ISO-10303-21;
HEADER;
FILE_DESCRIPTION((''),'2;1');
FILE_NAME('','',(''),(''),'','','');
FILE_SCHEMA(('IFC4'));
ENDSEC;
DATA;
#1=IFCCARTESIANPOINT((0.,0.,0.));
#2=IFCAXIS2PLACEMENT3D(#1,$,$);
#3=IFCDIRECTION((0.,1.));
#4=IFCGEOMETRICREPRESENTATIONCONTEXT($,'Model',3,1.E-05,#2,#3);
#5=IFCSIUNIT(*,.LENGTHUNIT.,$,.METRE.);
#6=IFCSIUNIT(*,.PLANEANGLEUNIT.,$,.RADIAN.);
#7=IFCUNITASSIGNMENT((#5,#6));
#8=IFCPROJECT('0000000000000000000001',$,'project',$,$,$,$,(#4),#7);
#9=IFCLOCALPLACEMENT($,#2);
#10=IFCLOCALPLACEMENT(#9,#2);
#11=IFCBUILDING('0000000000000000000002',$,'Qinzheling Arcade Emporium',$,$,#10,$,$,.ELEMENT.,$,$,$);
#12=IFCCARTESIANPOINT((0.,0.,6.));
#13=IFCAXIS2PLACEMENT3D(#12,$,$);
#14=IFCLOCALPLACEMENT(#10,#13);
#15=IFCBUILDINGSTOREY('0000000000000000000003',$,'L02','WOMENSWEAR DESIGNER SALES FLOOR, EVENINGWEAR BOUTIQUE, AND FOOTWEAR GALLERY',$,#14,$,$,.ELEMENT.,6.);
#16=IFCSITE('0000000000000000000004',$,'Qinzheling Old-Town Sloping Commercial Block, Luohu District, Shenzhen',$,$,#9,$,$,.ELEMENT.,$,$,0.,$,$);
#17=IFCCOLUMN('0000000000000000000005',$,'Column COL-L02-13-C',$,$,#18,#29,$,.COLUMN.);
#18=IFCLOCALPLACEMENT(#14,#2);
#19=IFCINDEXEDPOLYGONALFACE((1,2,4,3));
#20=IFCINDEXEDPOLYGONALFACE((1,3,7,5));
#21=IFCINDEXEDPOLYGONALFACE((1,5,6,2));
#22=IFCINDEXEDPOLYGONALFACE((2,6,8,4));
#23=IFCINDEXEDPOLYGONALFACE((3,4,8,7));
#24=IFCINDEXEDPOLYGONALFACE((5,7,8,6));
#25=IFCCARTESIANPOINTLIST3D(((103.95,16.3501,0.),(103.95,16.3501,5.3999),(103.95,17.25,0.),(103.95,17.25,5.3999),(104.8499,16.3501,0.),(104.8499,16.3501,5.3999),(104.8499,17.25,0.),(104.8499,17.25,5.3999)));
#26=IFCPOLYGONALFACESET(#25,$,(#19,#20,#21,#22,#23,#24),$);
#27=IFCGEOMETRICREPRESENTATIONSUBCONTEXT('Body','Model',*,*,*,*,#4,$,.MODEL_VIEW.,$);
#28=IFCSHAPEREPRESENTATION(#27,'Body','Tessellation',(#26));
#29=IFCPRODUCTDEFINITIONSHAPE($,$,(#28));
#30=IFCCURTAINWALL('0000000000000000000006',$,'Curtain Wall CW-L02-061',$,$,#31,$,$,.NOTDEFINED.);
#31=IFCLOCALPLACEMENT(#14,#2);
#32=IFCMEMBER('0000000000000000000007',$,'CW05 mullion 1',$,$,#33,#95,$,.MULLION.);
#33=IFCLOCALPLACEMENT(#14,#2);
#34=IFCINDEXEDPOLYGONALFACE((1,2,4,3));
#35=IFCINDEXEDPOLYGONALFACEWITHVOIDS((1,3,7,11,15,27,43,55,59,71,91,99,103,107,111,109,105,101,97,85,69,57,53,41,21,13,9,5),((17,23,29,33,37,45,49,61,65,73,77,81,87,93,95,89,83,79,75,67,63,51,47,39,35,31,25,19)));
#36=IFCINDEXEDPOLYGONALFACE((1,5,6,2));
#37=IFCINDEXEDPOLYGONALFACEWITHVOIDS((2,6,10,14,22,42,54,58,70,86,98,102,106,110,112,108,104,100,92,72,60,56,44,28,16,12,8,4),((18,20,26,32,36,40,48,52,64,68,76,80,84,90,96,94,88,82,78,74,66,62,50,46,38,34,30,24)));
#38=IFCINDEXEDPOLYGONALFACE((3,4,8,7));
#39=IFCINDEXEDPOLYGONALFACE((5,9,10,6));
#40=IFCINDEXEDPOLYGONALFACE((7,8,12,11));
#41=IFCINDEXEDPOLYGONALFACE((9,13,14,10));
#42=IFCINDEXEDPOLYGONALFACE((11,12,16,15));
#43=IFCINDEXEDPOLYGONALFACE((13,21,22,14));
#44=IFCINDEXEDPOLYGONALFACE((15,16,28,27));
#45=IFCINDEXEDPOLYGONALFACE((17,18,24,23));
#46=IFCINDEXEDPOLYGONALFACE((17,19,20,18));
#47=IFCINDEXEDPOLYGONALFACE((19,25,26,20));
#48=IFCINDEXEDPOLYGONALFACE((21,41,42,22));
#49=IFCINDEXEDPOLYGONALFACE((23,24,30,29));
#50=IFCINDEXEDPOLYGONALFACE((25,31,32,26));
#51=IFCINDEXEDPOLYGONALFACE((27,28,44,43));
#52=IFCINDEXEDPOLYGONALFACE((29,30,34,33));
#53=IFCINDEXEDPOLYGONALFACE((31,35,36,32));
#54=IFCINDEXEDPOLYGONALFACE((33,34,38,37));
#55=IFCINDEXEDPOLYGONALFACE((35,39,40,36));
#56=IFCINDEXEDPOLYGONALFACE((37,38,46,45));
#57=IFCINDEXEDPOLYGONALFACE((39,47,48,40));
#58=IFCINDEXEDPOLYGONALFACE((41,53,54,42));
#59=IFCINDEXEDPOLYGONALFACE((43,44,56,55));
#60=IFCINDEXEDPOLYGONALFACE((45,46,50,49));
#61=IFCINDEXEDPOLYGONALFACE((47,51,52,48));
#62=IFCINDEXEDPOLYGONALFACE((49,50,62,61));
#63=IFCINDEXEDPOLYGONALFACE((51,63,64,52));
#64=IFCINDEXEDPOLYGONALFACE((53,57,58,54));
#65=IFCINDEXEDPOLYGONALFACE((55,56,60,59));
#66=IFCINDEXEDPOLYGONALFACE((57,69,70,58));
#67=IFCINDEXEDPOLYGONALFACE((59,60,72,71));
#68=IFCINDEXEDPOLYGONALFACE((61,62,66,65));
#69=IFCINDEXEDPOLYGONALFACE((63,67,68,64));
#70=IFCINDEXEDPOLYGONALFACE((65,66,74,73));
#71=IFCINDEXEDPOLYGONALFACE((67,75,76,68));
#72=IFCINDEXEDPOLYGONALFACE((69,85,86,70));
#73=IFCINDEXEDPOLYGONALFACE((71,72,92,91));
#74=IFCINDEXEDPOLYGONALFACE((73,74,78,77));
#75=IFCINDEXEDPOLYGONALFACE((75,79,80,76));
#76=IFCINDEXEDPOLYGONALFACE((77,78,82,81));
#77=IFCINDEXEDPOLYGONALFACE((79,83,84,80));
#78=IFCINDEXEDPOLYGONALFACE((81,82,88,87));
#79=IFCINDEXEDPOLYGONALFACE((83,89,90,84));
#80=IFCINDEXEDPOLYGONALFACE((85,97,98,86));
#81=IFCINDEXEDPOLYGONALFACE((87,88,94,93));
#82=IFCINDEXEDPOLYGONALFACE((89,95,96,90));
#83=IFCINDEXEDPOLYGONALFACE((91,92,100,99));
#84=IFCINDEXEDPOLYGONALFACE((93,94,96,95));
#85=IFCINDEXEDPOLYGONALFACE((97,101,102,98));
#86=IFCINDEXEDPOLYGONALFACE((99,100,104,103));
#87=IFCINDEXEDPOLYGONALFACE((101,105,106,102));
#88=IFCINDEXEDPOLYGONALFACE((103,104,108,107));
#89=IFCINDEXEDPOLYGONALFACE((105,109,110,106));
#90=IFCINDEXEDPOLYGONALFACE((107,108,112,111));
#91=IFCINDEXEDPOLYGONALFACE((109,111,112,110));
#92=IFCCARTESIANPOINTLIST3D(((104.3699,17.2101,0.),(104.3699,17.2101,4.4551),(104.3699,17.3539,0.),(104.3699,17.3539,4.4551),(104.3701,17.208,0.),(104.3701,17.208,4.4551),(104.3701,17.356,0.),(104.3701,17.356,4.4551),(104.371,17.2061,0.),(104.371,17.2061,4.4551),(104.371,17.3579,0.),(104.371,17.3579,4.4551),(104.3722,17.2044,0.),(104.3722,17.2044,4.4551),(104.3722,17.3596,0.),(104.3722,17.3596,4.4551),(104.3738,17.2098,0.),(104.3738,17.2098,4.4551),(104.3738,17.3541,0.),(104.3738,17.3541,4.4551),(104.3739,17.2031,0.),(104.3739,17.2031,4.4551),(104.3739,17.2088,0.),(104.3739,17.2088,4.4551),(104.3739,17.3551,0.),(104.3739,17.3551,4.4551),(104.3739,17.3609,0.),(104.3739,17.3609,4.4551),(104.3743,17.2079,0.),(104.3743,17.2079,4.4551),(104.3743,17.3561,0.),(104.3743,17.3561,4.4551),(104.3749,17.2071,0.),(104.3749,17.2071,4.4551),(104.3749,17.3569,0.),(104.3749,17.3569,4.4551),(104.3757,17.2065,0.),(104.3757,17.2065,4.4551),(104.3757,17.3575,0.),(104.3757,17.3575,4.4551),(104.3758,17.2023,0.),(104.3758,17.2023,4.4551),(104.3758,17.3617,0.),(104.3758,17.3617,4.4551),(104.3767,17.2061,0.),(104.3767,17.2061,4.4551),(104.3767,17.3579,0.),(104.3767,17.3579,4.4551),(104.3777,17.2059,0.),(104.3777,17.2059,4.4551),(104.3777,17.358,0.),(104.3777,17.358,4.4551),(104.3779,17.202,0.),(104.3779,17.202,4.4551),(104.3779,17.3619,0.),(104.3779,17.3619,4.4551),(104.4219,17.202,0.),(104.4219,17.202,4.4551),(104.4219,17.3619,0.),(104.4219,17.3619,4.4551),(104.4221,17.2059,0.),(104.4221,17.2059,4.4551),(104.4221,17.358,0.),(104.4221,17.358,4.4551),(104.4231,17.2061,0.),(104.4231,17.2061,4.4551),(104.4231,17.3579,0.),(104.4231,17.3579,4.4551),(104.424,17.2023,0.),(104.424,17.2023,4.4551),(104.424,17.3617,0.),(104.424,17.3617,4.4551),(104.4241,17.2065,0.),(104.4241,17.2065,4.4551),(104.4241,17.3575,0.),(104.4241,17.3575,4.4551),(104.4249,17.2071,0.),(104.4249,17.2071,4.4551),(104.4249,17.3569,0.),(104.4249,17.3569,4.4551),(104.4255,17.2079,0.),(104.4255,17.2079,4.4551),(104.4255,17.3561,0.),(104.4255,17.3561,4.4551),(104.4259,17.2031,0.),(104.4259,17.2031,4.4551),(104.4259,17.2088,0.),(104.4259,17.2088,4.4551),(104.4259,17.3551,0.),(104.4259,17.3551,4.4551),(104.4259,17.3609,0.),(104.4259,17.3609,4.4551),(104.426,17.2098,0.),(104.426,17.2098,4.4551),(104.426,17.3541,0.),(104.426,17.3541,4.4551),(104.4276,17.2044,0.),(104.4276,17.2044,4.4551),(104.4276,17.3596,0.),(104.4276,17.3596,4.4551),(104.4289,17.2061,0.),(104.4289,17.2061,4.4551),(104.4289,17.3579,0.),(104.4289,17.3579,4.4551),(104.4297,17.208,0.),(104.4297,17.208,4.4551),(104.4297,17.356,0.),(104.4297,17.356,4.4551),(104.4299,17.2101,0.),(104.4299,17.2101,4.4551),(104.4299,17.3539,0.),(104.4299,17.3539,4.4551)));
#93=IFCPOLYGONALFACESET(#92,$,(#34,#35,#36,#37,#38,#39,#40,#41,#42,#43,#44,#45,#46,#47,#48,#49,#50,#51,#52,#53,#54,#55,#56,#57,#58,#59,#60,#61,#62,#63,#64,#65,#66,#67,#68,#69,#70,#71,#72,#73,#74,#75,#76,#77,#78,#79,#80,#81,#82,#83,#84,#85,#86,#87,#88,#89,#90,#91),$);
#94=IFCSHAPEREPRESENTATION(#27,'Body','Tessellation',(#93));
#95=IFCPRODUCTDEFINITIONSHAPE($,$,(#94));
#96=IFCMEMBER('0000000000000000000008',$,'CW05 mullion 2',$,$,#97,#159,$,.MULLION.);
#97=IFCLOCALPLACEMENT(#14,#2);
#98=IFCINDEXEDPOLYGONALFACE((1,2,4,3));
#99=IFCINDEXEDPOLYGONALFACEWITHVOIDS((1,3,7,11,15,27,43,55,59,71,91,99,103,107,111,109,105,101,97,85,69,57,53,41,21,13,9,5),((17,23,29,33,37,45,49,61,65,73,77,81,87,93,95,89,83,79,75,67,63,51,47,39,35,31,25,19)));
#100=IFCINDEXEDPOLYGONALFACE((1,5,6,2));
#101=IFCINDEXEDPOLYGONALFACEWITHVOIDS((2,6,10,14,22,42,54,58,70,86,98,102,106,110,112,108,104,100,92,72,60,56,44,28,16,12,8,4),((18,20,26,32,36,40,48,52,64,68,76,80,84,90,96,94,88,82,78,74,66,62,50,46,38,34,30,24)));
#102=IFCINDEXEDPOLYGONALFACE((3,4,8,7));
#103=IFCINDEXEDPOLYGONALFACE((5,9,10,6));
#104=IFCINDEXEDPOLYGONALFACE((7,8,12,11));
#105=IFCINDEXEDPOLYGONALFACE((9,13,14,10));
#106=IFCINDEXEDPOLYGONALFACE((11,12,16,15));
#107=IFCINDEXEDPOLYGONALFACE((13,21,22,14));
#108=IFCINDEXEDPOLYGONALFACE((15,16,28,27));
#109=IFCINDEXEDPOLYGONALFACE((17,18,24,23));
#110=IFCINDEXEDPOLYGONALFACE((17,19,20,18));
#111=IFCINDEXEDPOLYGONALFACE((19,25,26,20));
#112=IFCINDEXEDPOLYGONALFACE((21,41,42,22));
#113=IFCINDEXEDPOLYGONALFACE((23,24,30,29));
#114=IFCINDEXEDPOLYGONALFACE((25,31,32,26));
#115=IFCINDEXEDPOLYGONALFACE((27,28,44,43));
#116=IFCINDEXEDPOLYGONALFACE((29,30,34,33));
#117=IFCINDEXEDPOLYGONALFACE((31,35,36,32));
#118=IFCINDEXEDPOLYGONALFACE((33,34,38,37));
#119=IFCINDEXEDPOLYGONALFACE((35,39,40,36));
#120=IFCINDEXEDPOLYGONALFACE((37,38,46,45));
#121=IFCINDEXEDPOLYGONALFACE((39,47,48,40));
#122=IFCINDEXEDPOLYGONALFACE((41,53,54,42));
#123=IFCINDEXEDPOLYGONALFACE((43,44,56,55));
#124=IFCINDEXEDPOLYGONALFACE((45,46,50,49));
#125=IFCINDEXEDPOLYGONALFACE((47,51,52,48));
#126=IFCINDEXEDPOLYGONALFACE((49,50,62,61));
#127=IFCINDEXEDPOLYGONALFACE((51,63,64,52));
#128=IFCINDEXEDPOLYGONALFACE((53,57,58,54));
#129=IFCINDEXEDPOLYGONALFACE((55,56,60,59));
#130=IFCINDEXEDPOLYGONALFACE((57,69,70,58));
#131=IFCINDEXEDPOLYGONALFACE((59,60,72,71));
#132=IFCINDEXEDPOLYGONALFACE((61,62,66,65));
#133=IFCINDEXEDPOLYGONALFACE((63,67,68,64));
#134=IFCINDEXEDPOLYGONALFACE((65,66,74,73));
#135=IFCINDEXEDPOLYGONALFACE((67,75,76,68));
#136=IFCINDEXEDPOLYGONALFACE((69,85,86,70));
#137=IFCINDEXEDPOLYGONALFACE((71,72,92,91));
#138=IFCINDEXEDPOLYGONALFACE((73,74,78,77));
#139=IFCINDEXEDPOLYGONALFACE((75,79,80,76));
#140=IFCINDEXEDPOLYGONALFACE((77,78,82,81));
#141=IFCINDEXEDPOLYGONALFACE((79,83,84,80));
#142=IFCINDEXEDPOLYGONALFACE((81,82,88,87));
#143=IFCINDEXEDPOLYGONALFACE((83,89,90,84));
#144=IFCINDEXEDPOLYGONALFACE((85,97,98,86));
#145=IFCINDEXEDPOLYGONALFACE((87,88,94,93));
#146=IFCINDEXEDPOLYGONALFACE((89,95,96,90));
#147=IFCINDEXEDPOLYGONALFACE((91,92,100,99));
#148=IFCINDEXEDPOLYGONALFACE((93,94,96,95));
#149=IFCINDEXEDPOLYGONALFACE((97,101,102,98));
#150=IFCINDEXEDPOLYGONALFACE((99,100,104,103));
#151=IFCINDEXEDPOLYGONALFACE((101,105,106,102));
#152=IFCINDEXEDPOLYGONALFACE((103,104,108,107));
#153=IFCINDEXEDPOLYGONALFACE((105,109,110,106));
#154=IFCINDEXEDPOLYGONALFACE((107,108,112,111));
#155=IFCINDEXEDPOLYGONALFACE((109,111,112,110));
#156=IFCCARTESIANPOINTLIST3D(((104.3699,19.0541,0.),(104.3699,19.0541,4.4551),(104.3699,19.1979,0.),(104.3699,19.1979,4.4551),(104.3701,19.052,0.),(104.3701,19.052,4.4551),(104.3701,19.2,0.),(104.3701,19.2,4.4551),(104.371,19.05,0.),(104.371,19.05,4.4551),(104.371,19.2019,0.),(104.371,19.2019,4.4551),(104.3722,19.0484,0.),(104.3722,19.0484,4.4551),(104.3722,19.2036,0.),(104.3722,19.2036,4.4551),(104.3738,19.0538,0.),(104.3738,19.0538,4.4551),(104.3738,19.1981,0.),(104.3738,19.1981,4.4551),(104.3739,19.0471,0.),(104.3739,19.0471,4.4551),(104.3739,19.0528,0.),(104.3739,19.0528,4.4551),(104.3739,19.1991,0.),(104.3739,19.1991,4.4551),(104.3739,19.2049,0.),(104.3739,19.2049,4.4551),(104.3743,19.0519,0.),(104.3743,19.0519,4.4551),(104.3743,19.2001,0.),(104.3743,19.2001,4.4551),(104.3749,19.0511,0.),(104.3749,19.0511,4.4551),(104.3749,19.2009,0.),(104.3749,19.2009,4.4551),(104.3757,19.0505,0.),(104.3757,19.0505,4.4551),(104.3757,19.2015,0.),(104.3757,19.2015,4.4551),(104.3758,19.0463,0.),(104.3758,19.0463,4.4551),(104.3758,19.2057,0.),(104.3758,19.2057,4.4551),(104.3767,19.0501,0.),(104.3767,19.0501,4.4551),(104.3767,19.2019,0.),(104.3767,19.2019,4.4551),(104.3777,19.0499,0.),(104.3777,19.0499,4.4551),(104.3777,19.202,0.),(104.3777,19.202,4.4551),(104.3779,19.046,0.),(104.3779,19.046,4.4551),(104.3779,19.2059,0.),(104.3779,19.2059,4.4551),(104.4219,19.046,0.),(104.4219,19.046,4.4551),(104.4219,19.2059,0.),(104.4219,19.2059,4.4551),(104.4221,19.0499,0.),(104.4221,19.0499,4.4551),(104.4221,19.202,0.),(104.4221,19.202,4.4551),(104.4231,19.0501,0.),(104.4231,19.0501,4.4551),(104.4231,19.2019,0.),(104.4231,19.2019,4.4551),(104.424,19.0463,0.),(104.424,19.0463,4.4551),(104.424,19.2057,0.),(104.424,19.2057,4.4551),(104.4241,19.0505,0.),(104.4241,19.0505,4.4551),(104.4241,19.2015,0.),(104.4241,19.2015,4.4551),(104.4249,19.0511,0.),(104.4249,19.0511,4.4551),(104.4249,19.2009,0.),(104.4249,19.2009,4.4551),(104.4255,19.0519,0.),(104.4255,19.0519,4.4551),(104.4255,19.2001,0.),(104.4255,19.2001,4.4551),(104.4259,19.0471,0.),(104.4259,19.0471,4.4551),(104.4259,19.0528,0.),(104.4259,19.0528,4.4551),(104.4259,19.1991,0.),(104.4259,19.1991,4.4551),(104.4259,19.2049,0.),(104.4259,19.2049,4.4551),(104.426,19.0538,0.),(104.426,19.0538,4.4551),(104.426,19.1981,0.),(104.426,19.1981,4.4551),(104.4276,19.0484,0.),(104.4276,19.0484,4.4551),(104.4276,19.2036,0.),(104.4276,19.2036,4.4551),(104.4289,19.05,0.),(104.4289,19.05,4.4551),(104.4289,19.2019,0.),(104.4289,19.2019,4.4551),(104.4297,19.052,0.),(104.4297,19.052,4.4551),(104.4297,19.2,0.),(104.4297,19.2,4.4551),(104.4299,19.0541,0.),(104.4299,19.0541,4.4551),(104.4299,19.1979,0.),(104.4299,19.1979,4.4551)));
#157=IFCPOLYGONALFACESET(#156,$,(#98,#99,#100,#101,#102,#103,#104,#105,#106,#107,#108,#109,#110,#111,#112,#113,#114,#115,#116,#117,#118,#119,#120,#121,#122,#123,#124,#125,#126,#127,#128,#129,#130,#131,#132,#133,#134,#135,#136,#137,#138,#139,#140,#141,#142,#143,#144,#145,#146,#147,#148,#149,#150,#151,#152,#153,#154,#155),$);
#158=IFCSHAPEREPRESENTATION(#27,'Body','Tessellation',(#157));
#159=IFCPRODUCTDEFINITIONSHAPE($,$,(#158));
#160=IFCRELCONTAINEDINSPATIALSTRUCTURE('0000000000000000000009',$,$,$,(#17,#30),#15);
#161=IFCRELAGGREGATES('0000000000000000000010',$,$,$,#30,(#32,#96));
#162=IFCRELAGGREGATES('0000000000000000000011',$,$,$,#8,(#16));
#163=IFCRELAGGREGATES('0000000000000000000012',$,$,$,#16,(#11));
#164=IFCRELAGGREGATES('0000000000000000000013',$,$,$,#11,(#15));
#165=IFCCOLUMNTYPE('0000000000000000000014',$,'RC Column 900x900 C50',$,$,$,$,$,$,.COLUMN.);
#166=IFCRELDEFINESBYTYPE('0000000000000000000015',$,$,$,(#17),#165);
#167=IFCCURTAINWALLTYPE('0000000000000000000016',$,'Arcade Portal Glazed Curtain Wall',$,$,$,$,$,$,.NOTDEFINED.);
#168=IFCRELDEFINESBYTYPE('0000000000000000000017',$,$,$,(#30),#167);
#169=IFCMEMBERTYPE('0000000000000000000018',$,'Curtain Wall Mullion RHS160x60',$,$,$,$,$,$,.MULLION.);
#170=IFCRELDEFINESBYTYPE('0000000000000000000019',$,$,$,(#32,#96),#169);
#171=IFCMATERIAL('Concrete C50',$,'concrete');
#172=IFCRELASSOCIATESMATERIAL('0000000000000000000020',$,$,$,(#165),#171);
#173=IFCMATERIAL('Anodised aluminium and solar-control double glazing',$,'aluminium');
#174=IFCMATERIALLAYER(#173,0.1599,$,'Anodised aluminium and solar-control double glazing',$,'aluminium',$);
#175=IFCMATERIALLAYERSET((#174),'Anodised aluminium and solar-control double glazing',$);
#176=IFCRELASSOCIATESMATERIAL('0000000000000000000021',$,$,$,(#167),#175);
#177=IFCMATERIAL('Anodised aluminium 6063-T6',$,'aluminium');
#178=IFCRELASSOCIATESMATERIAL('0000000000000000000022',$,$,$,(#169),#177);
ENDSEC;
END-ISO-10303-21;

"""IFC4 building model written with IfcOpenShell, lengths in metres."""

from ifc_helpers import new_model, si_unit, direction, frame, origin, origin_2d, place, context, subcontext, project, spatial, rectangle, hollow_rectangle, extrude, material, layer, layer_set, material_profile, profile_set, type_object, element, aggregate, save


model = new_model("IFC4")

# Units and contexts
model_context = context("Model", 3, precision=1e-05, world=origin(), true_north=direction((0.0, 1.0)))
body_context = subcontext(model_context, "Body", "Model", "MODEL_VIEW")
ifc_project = project(units=[si_unit("LENGTHUNIT", "METRE"), si_unit("PLANEANGLEUNIT", "RADIAN")], contexts=[model_context])

# Site, building, storey
site_placement = place(None, origin())
site = spatial("IfcSite", under=ifc_project, at=site_placement, Name="Qinzheling Old-Town Sloping Commercial Block, Luohu District, Shenzhen", CompositionType="ELEMENT", RefElevation=0.0)
building_placement = place(site_placement, origin())
building = spatial("IfcBuilding", under=site, at=building_placement, Name="Qinzheling Arcade Emporium", CompositionType="ELEMENT")
storey_placement = place(building_placement, frame((0.0, 0.0, 6.0)))
storey = spatial("IfcBuildingStorey", under=building, at=storey_placement, Name="L02", Description="WOMENSWEAR DESIGNER SALES FLOOR, EVENINGWEAR BOUTIQUE, AND FOOTWEAR GALLERY", CompositionType="ELEMENT", Elevation=6.0)

# Column
ifc_material_1 = material(Name="Concrete C50", Category="concrete")
ifc_material_profile_1 = material_profile(ifc_material_1, rectangle(XDim=0.8999, YDim=0.8999, at=origin_2d()), Name="RC 900x900", Category="concrete")
ifc_profile_set_1 = profile_set([ifc_material_profile_1], Name="Concrete C50")
column_type = type_object("IfcColumnType", Name="RC Column 900x900 C50", PredefinedType="COLUMN", material=ifc_profile_set_1)
column_placement = place(storey_placement, frame((104.3999, 16.8, 0.0), z_axis=(0.0, 0.0, 1.0), x_axis=(1.0, 0.0, 0.0)))
element("IfcColumn", 1, at=column_placement, inside=storey, type_object=column_type, Name="Column COL-L02-13-C", PredefinedType="COLUMN", context=body_context, shape_type="SweptSolid", body=[
    extrude(rectangle(XDim=0.8999, YDim=0.8999, at=origin_2d()), origin(), (0.0, 0.0, 1.0), 5.3999),
])

# Curtain wall, members
ifc_material_2 = material(Name="Anodised aluminium and solar-control double glazing", Category="aluminium")
ifc_layer_1 = layer(ifc_material_2, 0.1599, Name="Anodised aluminium and solar-control double glazing", Category="aluminium")
ifc_layer_set_1 = layer_set([ifc_layer_1], Name="Anodised aluminium and solar-control double glazing")
curtain_wall_type = type_object("IfcCurtainWallType", Name="Arcade Portal Glazed Curtain Wall", PredefinedType="NOTDEFINED", material=ifc_layer_set_1)
curtain_wall_placement = place(storey_placement, origin())
curtain_wall = element("IfcCurtainWall", 2, at=curtain_wall_placement, inside=storey, type_object=curtain_wall_type, Name="Curtain Wall CW-L02-061", PredefinedType="NOTDEFINED")
ifc_material_3 = material(Name="Anodised aluminium 6063-T6", Category="aluminium")
ifc_material_profile_2 = material_profile(ifc_material_3, hollow_rectangle(XDim=0.0601, YDim=0.1599, WallThickness=0.0039, InnerFilletRadius=0.0039, OuterFilletRadius=0.0081, at=origin_2d()), Name="RHS 160x60x4", Category="aluminium")
ifc_profile_set_2 = profile_set([ifc_material_profile_2], Name="Anodised aluminium 6063-T6")
member_type_1 = type_object("IfcMemberType", Name="Curtain Wall Mullion RHS160x60", PredefinedType="MULLION", material=ifc_profile_set_2)
member_1_placement = place(storey_placement, frame((104.3999, 17.282, 0.0), z_axis=(0.0, 0.0, 1.0), x_axis=(-1.0, 0.0, 0.0)))
member_1 = element("IfcMember", 3, at=member_1_placement, type_object=member_type_1, Name="CW05 mullion 1", PredefinedType="MULLION", context=body_context, shape_type="SweptSolid", body=[
    extrude(hollow_rectangle(XDim=0.0601, YDim=0.1599, WallThickness=0.0039, InnerFilletRadius=0.0039, OuterFilletRadius=0.0081, at=origin_2d()), origin(), (0.0, 0.0, 1.0), 4.4551),
])
member_2_placement = place(storey_placement, frame((104.3999, 19.126, 0.0), z_axis=(0.0, 0.0, 1.0), x_axis=(-1.0, 0.0, 0.0)))
member_2 = element("IfcMember", 4, at=member_2_placement, type_object=member_type_1, Name="CW05 mullion 2", PredefinedType="MULLION", context=body_context, shape_type="SweptSolid", body=[
    extrude(hollow_rectangle(XDim=0.0601, YDim=0.1599, WallThickness=0.0039, InnerFilletRadius=0.0039, OuterFilletRadius=0.0081, at=origin_2d()), origin(), (0.0, 0.0, 1.0), 4.4551),
])

aggregate(curtain_wall, [member_1, member_2])

save(model, "model.ifc")
